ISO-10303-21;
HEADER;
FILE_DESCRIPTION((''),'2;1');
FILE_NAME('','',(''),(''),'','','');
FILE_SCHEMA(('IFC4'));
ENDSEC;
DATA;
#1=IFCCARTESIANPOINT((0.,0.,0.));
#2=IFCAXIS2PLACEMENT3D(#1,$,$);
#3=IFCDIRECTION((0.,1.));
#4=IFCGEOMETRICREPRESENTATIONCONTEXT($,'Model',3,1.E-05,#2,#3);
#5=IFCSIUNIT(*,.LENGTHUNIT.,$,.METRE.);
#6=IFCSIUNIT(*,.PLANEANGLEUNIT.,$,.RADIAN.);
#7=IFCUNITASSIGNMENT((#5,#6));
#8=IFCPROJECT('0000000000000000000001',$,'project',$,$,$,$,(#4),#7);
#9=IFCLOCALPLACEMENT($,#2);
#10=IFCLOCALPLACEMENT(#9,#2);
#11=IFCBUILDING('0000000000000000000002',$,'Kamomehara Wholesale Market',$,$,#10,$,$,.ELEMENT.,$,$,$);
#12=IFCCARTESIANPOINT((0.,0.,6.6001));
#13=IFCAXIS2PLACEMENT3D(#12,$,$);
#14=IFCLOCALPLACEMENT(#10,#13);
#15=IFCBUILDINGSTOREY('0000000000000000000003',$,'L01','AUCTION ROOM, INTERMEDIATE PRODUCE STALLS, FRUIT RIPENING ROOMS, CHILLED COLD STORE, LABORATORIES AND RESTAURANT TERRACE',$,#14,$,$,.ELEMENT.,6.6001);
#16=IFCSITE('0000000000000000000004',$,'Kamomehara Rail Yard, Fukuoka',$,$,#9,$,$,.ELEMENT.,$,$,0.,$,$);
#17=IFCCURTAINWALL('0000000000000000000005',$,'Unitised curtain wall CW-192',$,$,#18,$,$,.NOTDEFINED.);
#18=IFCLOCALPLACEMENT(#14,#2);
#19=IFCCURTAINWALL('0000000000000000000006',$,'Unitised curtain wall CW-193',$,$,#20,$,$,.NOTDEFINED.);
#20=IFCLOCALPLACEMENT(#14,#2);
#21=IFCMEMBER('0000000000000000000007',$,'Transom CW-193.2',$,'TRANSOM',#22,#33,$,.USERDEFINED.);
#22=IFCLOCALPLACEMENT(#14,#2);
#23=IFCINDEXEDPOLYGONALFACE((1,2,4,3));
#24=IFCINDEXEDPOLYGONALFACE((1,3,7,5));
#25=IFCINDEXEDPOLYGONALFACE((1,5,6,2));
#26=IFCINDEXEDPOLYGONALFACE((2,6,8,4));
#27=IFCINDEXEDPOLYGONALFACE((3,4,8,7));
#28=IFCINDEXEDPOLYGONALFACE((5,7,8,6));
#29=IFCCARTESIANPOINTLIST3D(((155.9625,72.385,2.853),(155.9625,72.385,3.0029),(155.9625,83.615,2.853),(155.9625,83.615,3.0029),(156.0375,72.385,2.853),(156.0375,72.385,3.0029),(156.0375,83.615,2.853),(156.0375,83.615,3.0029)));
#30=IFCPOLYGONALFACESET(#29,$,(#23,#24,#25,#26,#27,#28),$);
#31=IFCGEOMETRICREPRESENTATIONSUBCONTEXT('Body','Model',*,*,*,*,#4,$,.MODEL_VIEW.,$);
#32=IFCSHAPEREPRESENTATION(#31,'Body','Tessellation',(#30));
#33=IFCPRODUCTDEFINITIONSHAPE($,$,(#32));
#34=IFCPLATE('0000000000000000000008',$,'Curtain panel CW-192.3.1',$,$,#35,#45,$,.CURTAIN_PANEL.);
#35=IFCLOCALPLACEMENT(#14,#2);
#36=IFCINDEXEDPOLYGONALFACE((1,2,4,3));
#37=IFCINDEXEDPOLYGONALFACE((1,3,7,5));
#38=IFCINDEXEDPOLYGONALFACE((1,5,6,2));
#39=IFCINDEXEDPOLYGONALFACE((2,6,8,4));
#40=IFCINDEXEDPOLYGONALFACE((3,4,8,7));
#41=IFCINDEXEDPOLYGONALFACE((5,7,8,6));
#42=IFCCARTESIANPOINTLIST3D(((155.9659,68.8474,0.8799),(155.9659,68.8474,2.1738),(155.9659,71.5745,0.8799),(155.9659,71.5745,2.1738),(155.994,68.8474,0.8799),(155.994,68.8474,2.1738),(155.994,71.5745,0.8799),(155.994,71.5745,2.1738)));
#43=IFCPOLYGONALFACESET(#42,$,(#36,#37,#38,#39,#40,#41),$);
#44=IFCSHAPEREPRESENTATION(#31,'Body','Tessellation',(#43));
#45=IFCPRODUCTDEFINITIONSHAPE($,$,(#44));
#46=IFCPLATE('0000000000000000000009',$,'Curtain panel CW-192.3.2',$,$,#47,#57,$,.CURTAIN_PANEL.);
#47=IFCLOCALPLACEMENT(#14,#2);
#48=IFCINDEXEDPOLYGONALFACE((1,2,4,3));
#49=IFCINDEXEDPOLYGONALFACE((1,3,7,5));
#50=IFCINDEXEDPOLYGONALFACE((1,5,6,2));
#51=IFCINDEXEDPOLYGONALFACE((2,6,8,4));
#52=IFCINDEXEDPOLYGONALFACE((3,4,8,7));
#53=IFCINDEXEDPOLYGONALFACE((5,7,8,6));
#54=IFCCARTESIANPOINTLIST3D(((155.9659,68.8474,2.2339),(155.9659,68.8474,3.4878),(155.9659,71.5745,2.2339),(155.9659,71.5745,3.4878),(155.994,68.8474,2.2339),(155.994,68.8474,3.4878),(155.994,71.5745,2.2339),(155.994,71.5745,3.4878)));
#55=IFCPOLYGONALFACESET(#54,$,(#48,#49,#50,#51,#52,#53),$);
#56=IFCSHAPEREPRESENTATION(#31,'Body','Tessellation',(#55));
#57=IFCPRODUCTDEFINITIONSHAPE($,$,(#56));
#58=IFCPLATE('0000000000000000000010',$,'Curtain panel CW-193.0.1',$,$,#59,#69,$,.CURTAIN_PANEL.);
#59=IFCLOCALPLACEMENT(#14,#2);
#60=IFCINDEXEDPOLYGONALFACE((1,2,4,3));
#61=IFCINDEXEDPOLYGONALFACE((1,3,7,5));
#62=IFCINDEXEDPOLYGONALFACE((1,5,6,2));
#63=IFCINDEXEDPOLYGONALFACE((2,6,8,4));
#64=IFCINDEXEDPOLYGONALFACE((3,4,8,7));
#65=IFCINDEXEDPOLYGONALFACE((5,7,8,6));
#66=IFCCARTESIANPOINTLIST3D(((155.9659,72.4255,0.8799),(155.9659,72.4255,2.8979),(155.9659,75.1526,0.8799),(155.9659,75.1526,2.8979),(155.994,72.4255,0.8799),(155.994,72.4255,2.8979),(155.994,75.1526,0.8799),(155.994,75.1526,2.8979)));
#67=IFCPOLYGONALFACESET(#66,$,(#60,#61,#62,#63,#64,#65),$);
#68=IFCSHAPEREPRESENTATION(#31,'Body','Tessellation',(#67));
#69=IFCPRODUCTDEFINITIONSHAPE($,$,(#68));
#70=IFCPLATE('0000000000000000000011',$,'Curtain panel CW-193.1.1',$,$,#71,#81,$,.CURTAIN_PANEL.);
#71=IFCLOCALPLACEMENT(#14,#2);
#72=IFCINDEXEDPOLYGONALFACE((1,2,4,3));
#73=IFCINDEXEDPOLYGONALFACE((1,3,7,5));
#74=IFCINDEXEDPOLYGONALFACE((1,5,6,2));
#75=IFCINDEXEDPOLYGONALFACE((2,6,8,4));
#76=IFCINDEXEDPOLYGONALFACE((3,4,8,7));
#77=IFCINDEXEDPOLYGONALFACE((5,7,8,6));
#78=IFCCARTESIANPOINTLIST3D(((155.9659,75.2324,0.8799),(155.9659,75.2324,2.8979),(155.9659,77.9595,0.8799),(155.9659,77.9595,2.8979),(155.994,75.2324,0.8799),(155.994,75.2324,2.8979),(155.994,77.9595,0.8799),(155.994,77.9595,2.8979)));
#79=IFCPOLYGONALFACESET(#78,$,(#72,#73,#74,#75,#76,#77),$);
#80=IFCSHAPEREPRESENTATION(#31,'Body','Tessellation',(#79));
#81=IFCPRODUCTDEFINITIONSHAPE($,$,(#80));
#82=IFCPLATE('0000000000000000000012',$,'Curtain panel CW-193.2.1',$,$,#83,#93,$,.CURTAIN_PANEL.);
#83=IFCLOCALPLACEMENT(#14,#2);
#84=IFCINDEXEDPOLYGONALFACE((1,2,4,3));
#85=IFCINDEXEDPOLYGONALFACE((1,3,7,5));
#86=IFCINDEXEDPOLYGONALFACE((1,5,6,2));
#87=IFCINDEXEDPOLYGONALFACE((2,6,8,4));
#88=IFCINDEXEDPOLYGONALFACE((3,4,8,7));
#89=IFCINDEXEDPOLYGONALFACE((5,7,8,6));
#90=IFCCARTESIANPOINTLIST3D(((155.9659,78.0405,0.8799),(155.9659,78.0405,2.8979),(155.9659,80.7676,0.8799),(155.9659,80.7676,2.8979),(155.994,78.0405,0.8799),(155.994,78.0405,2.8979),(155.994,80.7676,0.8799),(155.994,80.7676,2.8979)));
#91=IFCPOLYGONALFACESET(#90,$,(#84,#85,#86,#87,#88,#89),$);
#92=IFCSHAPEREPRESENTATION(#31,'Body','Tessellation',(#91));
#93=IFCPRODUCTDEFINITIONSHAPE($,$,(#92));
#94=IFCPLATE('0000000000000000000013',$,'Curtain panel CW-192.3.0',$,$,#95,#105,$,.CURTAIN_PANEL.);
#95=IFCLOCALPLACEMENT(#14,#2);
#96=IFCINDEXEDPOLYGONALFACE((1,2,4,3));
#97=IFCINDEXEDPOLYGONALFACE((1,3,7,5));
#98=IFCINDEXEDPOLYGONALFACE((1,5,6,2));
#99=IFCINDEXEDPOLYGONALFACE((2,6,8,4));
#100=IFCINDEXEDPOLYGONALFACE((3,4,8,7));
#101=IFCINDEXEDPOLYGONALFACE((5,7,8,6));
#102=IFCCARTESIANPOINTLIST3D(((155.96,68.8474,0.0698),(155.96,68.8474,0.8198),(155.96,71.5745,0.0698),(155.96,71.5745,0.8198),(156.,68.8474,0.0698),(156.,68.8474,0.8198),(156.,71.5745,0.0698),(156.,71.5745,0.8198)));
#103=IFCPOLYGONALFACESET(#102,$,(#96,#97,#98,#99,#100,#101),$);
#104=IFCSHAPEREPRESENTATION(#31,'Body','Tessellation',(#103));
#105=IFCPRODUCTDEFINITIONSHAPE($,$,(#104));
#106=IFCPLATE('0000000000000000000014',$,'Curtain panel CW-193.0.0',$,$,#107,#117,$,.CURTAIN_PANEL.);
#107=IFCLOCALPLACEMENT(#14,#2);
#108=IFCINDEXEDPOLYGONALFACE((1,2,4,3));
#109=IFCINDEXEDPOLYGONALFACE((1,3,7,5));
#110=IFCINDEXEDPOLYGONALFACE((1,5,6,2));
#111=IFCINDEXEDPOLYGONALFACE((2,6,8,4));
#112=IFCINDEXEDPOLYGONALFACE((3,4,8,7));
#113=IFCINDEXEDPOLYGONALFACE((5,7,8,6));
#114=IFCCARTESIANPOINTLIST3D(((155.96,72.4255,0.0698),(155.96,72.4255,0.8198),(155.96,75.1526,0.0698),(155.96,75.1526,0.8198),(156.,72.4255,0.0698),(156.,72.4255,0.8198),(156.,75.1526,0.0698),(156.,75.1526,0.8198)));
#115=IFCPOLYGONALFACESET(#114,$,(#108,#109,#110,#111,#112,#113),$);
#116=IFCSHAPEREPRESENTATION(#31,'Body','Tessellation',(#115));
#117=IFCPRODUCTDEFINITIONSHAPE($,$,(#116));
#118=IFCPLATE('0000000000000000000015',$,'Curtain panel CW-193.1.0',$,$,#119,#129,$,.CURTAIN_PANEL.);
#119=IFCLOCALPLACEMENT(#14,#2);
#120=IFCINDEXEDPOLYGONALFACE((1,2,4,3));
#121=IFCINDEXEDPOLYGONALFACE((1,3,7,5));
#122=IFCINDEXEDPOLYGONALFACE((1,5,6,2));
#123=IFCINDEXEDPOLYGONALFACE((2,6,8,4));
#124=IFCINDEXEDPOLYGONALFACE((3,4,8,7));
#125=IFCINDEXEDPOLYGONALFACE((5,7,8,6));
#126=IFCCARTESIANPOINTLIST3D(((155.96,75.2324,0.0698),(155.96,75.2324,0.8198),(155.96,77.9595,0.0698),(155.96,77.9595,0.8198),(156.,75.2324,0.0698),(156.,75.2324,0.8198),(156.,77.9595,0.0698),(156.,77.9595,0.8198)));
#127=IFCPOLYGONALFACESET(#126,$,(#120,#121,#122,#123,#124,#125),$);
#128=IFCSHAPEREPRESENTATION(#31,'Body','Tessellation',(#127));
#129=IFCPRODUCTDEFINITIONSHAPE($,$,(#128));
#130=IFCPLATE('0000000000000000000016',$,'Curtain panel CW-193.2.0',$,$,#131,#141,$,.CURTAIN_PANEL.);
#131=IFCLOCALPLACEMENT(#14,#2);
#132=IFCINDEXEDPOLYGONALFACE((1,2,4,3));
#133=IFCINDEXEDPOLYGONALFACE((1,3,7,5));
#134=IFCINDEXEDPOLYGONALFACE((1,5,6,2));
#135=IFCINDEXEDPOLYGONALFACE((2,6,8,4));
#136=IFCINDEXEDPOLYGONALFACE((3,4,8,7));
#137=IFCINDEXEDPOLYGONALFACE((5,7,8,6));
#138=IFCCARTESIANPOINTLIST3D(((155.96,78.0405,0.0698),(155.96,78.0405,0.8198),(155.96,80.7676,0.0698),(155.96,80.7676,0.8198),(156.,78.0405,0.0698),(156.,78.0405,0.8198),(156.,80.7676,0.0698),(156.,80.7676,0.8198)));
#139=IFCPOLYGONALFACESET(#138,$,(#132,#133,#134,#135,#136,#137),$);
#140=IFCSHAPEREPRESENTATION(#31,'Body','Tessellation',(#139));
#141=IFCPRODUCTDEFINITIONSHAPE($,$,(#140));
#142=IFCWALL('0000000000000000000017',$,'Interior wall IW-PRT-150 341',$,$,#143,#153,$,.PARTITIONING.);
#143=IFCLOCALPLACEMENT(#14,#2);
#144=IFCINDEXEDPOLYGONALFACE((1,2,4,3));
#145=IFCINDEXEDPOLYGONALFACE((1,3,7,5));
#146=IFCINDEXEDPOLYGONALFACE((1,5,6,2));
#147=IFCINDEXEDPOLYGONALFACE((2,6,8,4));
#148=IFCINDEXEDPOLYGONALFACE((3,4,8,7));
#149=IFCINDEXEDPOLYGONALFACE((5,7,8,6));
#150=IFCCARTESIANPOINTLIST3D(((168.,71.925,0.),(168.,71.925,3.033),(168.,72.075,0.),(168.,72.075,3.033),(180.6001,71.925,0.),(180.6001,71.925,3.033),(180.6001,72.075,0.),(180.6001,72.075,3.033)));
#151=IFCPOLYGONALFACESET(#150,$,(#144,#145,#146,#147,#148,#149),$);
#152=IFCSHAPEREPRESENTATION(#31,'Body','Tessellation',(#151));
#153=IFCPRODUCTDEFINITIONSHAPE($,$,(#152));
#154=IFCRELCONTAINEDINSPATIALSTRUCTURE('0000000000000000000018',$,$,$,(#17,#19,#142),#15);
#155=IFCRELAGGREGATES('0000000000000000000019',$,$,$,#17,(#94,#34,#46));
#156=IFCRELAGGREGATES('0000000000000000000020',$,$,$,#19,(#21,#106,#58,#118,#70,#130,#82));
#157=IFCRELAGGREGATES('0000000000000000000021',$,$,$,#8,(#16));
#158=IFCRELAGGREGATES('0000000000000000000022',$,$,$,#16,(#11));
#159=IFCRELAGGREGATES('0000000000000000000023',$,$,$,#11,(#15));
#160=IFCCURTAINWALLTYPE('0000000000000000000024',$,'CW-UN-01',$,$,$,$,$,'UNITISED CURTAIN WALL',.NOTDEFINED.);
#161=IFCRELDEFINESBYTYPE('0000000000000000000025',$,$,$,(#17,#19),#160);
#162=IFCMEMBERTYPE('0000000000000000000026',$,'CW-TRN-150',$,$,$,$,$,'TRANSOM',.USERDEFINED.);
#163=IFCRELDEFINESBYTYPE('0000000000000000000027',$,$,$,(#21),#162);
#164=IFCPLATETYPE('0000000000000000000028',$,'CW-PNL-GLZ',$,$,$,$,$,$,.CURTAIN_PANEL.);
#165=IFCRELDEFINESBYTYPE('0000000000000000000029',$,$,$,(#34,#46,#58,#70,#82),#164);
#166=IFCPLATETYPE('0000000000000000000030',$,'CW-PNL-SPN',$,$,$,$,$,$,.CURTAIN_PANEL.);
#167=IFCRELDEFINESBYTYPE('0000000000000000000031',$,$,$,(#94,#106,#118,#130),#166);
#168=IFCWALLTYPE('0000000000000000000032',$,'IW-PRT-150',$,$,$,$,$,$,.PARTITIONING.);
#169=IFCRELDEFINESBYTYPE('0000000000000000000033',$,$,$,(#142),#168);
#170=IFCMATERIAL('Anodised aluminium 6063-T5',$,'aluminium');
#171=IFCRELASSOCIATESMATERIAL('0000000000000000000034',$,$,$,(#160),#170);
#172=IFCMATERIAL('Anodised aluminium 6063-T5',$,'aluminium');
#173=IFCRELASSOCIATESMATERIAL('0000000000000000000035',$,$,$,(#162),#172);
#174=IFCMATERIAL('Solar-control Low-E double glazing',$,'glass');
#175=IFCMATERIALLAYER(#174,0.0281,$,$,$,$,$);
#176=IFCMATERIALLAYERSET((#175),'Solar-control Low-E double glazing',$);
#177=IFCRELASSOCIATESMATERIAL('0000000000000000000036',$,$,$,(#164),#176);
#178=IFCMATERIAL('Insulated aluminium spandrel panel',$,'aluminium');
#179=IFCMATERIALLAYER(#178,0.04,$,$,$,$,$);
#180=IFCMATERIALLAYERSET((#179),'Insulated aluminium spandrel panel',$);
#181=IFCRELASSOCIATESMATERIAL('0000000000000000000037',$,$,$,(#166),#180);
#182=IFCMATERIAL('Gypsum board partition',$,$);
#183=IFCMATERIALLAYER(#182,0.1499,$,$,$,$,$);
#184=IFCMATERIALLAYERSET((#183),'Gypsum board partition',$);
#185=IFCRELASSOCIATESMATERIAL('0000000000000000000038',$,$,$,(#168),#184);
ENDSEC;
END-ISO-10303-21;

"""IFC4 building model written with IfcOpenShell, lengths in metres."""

from ifc_helpers import new_model, si_unit, direction, frame, frame_2d, origin, origin_2d, place, context, subcontext, project, spatial, rectangle, extrude, material, layer, layer_set, material_profile, profile_set, type_object, element, aggregate, save


model = new_model("IFC4")

# Units and contexts
model_context = context("Model", 3, precision=1e-05, world=origin(), true_north=direction((0.0, 1.0)))
body_context = subcontext(model_context, "Body", "Model", "MODEL_VIEW")
ifc_project = project(units=[si_unit("LENGTHUNIT", "METRE"), si_unit("PLANEANGLEUNIT", "RADIAN")], contexts=[model_context])

# Site, building, storey
site_placement = place(None, origin())
site = spatial("IfcSite", under=ifc_project, at=site_placement, Name="Kamomehara Rail Yard, Fukuoka", CompositionType="ELEMENT", RefElevation=0.0)
building_placement = place(site_placement, origin())
building = spatial("IfcBuilding", under=site, at=building_placement, Name="Kamomehara Wholesale Market", CompositionType="ELEMENT")
storey_placement = place(building_placement, frame((0.0, 0.0, 6.6001)))
storey = spatial("IfcBuildingStorey", under=building, at=storey_placement, Name="L01", Description="AUCTION ROOM, INTERMEDIATE PRODUCE STALLS, FRUIT RIPENING ROOMS, CHILLED COLD STORE, LABORATORIES AND RESTAURANT TERRACE", CompositionType="ELEMENT", Elevation=6.6001)

# Curtain wall
ifc_material_1 = material(Name="Anodised aluminium 6063-T5", Category="aluminium")
curtain_wall_type = type_object("IfcCurtainWallType", Name="CW-UN-01", ElementType="UNITISED CURTAIN WALL", PredefinedType="NOTDEFINED", material=ifc_material_1)
curtain_wall_1_placement = place(storey_placement, origin())
curtain_wall_1 = element("IfcCurtainWall", 1, at=curtain_wall_1_placement, inside=storey, type_object=curtain_wall_type, Name="Unitised curtain wall CW-192", PredefinedType="NOTDEFINED")

# Curtain wall, member
curtain_wall_2_placement = place(storey_placement, origin())
curtain_wall_2 = element("IfcCurtainWall", 2, at=curtain_wall_2_placement, inside=storey, type_object=curtain_wall_type, Name="Unitised curtain wall CW-193", PredefinedType="NOTDEFINED")
ifc_material_2 = material(Name="Anodised aluminium 6063-T5", Category="aluminium")
ifc_material_profile_1 = material_profile(ifc_material_2, rectangle(XDim=0.075, YDim=0.1499, at=origin_2d()), Name="ALU-TRN-75x150")
ifc_profile_set_1 = profile_set([ifc_material_profile_1], Name="Anodised aluminium 6063-T5")
member_type_1 = type_object("IfcMemberType", Name="CW-TRN-150", ElementType="TRANSOM", PredefinedType="USERDEFINED", material=ifc_profile_set_1)
member_1_placement = place(storey_placement, frame((156.0, 72.385, 2.928), z_axis=(0.0, 1.0, 0.0), x_axis=(-1.0, 0.0, 0.0)))
member_1 = element("IfcMember", 3, at=member_1_placement, type_object=member_type_1, Name="Transom CW-193.2", ObjectType="TRANSOM", PredefinedType="USERDEFINED", context=body_context, shape_type="SweptSolid", body=[
    extrude(rectangle(XDim=0.075, YDim=0.1499, at=origin_2d()), origin(), (0.0, 0.0, 1.0), 11.23),
])

# Plates
ifc_material_3 = material(Name="Solar-control Low-E double glazing", Category="glass")
ifc_layer_1 = layer(ifc_material_3, 0.0281)
ifc_layer_set_1 = layer_set([ifc_layer_1], Name="Solar-control Low-E double glazing")
plate_type_1 = type_object("IfcPlateType", Name="CW-PNL-GLZ", PredefinedType="CURTAIN_PANEL", material=ifc_layer_set_1)
plate_1_placement = place(storey_placement, frame((155.98, 70.2109, 0.8799), z_axis=(0.0, 0.0, 1.0), x_axis=(0.0, 1.0, 0.0)))
plate_1 = element("IfcPlate", 4, at=plate_1_placement, type_object=plate_type_1, Name="Curtain panel CW-192.3.1", PredefinedType="CURTAIN_PANEL", context=body_context, shape_type="SweptSolid", body=[
    extrude(rectangle(XDim=2.7271, YDim=0.0281, at=origin_2d()), origin(), (0.0, 0.0, 1.0), 1.2939),
])
plate_2_placement = place(storey_placement, frame((155.98, 70.2109, 2.2339), z_axis=(0.0, 0.0, 1.0), x_axis=(0.0, 1.0, 0.0)))
plate_2 = element("IfcPlate", 5, at=plate_2_placement, type_object=plate_type_1, Name="Curtain panel CW-192.3.2", PredefinedType="CURTAIN_PANEL", context=body_context, shape_type="SweptSolid", body=[
    extrude(rectangle(XDim=2.7271, YDim=0.0281, at=origin_2d()), origin(), (0.0, 0.0, 1.0), 1.2539),
])
plate_3_placement = place(storey_placement, frame((155.98, 73.7891, 0.8799), z_axis=(0.0, 0.0, 1.0), x_axis=(0.0, 1.0, 0.0)))
plate_3 = element("IfcPlate", 6, at=plate_3_placement, type_object=plate_type_1, Name="Curtain panel CW-193.0.1", PredefinedType="CURTAIN_PANEL", context=body_context, shape_type="SweptSolid", body=[
    extrude(rectangle(XDim=2.7271, YDim=0.0281, at=origin_2d()), origin(), (0.0, 0.0, 1.0), 2.0181),
])
plate_4_placement = place(storey_placement, frame((155.98, 76.5959, 0.8799), z_axis=(0.0, 0.0, 1.0), x_axis=(0.0, 1.0, 0.0)))
plate_4 = element("IfcPlate", 7, at=plate_4_placement, type_object=plate_type_1, Name="Curtain panel CW-193.1.1", PredefinedType="CURTAIN_PANEL", context=body_context, shape_type="SweptSolid", body=[
    extrude(rectangle(XDim=2.7271, YDim=0.0281, at=origin_2d()), origin(), (0.0, 0.0, 1.0), 2.0181),
])
plate_5_placement = place(storey_placement, frame((155.98, 79.4041, 0.8799), z_axis=(0.0, 0.0, 1.0), x_axis=(0.0, 1.0, 0.0)))
plate_5 = element("IfcPlate", 8, at=plate_5_placement, type_object=plate_type_1, Name="Curtain panel CW-193.2.1", PredefinedType="CURTAIN_PANEL", context=body_context, shape_type="SweptSolid", body=[
    extrude(rectangle(XDim=2.7271, YDim=0.0281, at=origin_2d()), origin(), (0.0, 0.0, 1.0), 2.0181),
])
ifc_material_4 = material(Name="Insulated aluminium spandrel panel", Category="aluminium")
ifc_layer_2 = layer(ifc_material_4, 0.04)
ifc_layer_set_2 = layer_set([ifc_layer_2], Name="Insulated aluminium spandrel panel")
plate_type_2 = type_object("IfcPlateType", Name="CW-PNL-SPN", PredefinedType="CURTAIN_PANEL", material=ifc_layer_set_2)
plate_6_placement = place(storey_placement, frame((155.98, 70.2109, 0.0698), z_axis=(0.0, 0.0, 1.0), x_axis=(0.0, 1.0, 0.0)))
plate_6 = element("IfcPlate", 9, at=plate_6_placement, type_object=plate_type_2, Name="Curtain panel CW-192.3.0", PredefinedType="CURTAIN_PANEL", context=body_context, shape_type="SweptSolid", body=[
    extrude(rectangle(XDim=2.7271, YDim=0.04, at=origin_2d()), origin(), (0.0, 0.0, 1.0), 0.75),
])
aggregate(curtain_wall_1, [plate_6, plate_1, plate_2])
plate_7_placement = place(storey_placement, frame((155.98, 73.7891, 0.0698), z_axis=(0.0, 0.0, 1.0), x_axis=(0.0, 1.0, 0.0)))
plate_7 = element("IfcPlate", 10, at=plate_7_placement, type_object=plate_type_2, Name="Curtain panel CW-193.0.0", PredefinedType="CURTAIN_PANEL", context=body_context, shape_type="SweptSolid", body=[
    extrude(rectangle(XDim=2.7271, YDim=0.04, at=origin_2d()), origin(), (0.0, 0.0, 1.0), 0.75),
])
plate_8_placement = place(storey_placement, frame((155.98, 76.5959, 0.0698), z_axis=(0.0, 0.0, 1.0), x_axis=(0.0, 1.0, 0.0)))
plate_8 = element("IfcPlate", 11, at=plate_8_placement, type_object=plate_type_2, Name="Curtain panel CW-193.1.0", PredefinedType="CURTAIN_PANEL", context=body_context, shape_type="SweptSolid", body=[
    extrude(rectangle(XDim=2.7271, YDim=0.04, at=origin_2d()), origin(), (0.0, 0.0, 1.0), 0.75),
])
plate_9_placement = place(storey_placement, frame((155.98, 79.4041, 0.0698), z_axis=(0.0, 0.0, 1.0), x_axis=(0.0, 1.0, 0.0)))
plate_9 = element("IfcPlate", 12, at=plate_9_placement, type_object=plate_type_2, Name="Curtain panel CW-193.2.0", PredefinedType="CURTAIN_PANEL", context=body_context, shape_type="SweptSolid", body=[
    extrude(rectangle(XDim=2.7271, YDim=0.04, at=origin_2d()), origin(), (0.0, 0.0, 1.0), 0.75),
])
aggregate(curtain_wall_2, [member_1, plate_7, plate_3, plate_8, plate_4, plate_9, plate_5])

# Wall
ifc_material_5 = material(Name="Gypsum board partition")
ifc_layer_3 = layer(ifc_material_5, 0.1499)
ifc_layer_set_3 = layer_set([ifc_layer_3], Name="Gypsum board partition")
wall_type = type_object("IfcWallType", Name="IW-PRT-150", PredefinedType="PARTITIONING", material=ifc_layer_set_3)
wall_placement = place(storey_placement, frame((168.0, 72.0, 0.0), z_axis=(0.0, 0.0, 1.0), x_axis=(1.0, 0.0, 0.0)))
element("IfcWall", 13, at=wall_placement, inside=storey, type_object=wall_type, Name="Interior wall IW-PRT-150 341", PredefinedType="PARTITIONING", context=body_context, shape_type="SweptSolid", body=[
    extrude(rectangle(XDim=12.6001, YDim=0.1499, at=frame_2d((6.3, 0.0))), origin(), (0.0, 0.0, 1.0), 3.033),
])

save(model, "model.ifc")
